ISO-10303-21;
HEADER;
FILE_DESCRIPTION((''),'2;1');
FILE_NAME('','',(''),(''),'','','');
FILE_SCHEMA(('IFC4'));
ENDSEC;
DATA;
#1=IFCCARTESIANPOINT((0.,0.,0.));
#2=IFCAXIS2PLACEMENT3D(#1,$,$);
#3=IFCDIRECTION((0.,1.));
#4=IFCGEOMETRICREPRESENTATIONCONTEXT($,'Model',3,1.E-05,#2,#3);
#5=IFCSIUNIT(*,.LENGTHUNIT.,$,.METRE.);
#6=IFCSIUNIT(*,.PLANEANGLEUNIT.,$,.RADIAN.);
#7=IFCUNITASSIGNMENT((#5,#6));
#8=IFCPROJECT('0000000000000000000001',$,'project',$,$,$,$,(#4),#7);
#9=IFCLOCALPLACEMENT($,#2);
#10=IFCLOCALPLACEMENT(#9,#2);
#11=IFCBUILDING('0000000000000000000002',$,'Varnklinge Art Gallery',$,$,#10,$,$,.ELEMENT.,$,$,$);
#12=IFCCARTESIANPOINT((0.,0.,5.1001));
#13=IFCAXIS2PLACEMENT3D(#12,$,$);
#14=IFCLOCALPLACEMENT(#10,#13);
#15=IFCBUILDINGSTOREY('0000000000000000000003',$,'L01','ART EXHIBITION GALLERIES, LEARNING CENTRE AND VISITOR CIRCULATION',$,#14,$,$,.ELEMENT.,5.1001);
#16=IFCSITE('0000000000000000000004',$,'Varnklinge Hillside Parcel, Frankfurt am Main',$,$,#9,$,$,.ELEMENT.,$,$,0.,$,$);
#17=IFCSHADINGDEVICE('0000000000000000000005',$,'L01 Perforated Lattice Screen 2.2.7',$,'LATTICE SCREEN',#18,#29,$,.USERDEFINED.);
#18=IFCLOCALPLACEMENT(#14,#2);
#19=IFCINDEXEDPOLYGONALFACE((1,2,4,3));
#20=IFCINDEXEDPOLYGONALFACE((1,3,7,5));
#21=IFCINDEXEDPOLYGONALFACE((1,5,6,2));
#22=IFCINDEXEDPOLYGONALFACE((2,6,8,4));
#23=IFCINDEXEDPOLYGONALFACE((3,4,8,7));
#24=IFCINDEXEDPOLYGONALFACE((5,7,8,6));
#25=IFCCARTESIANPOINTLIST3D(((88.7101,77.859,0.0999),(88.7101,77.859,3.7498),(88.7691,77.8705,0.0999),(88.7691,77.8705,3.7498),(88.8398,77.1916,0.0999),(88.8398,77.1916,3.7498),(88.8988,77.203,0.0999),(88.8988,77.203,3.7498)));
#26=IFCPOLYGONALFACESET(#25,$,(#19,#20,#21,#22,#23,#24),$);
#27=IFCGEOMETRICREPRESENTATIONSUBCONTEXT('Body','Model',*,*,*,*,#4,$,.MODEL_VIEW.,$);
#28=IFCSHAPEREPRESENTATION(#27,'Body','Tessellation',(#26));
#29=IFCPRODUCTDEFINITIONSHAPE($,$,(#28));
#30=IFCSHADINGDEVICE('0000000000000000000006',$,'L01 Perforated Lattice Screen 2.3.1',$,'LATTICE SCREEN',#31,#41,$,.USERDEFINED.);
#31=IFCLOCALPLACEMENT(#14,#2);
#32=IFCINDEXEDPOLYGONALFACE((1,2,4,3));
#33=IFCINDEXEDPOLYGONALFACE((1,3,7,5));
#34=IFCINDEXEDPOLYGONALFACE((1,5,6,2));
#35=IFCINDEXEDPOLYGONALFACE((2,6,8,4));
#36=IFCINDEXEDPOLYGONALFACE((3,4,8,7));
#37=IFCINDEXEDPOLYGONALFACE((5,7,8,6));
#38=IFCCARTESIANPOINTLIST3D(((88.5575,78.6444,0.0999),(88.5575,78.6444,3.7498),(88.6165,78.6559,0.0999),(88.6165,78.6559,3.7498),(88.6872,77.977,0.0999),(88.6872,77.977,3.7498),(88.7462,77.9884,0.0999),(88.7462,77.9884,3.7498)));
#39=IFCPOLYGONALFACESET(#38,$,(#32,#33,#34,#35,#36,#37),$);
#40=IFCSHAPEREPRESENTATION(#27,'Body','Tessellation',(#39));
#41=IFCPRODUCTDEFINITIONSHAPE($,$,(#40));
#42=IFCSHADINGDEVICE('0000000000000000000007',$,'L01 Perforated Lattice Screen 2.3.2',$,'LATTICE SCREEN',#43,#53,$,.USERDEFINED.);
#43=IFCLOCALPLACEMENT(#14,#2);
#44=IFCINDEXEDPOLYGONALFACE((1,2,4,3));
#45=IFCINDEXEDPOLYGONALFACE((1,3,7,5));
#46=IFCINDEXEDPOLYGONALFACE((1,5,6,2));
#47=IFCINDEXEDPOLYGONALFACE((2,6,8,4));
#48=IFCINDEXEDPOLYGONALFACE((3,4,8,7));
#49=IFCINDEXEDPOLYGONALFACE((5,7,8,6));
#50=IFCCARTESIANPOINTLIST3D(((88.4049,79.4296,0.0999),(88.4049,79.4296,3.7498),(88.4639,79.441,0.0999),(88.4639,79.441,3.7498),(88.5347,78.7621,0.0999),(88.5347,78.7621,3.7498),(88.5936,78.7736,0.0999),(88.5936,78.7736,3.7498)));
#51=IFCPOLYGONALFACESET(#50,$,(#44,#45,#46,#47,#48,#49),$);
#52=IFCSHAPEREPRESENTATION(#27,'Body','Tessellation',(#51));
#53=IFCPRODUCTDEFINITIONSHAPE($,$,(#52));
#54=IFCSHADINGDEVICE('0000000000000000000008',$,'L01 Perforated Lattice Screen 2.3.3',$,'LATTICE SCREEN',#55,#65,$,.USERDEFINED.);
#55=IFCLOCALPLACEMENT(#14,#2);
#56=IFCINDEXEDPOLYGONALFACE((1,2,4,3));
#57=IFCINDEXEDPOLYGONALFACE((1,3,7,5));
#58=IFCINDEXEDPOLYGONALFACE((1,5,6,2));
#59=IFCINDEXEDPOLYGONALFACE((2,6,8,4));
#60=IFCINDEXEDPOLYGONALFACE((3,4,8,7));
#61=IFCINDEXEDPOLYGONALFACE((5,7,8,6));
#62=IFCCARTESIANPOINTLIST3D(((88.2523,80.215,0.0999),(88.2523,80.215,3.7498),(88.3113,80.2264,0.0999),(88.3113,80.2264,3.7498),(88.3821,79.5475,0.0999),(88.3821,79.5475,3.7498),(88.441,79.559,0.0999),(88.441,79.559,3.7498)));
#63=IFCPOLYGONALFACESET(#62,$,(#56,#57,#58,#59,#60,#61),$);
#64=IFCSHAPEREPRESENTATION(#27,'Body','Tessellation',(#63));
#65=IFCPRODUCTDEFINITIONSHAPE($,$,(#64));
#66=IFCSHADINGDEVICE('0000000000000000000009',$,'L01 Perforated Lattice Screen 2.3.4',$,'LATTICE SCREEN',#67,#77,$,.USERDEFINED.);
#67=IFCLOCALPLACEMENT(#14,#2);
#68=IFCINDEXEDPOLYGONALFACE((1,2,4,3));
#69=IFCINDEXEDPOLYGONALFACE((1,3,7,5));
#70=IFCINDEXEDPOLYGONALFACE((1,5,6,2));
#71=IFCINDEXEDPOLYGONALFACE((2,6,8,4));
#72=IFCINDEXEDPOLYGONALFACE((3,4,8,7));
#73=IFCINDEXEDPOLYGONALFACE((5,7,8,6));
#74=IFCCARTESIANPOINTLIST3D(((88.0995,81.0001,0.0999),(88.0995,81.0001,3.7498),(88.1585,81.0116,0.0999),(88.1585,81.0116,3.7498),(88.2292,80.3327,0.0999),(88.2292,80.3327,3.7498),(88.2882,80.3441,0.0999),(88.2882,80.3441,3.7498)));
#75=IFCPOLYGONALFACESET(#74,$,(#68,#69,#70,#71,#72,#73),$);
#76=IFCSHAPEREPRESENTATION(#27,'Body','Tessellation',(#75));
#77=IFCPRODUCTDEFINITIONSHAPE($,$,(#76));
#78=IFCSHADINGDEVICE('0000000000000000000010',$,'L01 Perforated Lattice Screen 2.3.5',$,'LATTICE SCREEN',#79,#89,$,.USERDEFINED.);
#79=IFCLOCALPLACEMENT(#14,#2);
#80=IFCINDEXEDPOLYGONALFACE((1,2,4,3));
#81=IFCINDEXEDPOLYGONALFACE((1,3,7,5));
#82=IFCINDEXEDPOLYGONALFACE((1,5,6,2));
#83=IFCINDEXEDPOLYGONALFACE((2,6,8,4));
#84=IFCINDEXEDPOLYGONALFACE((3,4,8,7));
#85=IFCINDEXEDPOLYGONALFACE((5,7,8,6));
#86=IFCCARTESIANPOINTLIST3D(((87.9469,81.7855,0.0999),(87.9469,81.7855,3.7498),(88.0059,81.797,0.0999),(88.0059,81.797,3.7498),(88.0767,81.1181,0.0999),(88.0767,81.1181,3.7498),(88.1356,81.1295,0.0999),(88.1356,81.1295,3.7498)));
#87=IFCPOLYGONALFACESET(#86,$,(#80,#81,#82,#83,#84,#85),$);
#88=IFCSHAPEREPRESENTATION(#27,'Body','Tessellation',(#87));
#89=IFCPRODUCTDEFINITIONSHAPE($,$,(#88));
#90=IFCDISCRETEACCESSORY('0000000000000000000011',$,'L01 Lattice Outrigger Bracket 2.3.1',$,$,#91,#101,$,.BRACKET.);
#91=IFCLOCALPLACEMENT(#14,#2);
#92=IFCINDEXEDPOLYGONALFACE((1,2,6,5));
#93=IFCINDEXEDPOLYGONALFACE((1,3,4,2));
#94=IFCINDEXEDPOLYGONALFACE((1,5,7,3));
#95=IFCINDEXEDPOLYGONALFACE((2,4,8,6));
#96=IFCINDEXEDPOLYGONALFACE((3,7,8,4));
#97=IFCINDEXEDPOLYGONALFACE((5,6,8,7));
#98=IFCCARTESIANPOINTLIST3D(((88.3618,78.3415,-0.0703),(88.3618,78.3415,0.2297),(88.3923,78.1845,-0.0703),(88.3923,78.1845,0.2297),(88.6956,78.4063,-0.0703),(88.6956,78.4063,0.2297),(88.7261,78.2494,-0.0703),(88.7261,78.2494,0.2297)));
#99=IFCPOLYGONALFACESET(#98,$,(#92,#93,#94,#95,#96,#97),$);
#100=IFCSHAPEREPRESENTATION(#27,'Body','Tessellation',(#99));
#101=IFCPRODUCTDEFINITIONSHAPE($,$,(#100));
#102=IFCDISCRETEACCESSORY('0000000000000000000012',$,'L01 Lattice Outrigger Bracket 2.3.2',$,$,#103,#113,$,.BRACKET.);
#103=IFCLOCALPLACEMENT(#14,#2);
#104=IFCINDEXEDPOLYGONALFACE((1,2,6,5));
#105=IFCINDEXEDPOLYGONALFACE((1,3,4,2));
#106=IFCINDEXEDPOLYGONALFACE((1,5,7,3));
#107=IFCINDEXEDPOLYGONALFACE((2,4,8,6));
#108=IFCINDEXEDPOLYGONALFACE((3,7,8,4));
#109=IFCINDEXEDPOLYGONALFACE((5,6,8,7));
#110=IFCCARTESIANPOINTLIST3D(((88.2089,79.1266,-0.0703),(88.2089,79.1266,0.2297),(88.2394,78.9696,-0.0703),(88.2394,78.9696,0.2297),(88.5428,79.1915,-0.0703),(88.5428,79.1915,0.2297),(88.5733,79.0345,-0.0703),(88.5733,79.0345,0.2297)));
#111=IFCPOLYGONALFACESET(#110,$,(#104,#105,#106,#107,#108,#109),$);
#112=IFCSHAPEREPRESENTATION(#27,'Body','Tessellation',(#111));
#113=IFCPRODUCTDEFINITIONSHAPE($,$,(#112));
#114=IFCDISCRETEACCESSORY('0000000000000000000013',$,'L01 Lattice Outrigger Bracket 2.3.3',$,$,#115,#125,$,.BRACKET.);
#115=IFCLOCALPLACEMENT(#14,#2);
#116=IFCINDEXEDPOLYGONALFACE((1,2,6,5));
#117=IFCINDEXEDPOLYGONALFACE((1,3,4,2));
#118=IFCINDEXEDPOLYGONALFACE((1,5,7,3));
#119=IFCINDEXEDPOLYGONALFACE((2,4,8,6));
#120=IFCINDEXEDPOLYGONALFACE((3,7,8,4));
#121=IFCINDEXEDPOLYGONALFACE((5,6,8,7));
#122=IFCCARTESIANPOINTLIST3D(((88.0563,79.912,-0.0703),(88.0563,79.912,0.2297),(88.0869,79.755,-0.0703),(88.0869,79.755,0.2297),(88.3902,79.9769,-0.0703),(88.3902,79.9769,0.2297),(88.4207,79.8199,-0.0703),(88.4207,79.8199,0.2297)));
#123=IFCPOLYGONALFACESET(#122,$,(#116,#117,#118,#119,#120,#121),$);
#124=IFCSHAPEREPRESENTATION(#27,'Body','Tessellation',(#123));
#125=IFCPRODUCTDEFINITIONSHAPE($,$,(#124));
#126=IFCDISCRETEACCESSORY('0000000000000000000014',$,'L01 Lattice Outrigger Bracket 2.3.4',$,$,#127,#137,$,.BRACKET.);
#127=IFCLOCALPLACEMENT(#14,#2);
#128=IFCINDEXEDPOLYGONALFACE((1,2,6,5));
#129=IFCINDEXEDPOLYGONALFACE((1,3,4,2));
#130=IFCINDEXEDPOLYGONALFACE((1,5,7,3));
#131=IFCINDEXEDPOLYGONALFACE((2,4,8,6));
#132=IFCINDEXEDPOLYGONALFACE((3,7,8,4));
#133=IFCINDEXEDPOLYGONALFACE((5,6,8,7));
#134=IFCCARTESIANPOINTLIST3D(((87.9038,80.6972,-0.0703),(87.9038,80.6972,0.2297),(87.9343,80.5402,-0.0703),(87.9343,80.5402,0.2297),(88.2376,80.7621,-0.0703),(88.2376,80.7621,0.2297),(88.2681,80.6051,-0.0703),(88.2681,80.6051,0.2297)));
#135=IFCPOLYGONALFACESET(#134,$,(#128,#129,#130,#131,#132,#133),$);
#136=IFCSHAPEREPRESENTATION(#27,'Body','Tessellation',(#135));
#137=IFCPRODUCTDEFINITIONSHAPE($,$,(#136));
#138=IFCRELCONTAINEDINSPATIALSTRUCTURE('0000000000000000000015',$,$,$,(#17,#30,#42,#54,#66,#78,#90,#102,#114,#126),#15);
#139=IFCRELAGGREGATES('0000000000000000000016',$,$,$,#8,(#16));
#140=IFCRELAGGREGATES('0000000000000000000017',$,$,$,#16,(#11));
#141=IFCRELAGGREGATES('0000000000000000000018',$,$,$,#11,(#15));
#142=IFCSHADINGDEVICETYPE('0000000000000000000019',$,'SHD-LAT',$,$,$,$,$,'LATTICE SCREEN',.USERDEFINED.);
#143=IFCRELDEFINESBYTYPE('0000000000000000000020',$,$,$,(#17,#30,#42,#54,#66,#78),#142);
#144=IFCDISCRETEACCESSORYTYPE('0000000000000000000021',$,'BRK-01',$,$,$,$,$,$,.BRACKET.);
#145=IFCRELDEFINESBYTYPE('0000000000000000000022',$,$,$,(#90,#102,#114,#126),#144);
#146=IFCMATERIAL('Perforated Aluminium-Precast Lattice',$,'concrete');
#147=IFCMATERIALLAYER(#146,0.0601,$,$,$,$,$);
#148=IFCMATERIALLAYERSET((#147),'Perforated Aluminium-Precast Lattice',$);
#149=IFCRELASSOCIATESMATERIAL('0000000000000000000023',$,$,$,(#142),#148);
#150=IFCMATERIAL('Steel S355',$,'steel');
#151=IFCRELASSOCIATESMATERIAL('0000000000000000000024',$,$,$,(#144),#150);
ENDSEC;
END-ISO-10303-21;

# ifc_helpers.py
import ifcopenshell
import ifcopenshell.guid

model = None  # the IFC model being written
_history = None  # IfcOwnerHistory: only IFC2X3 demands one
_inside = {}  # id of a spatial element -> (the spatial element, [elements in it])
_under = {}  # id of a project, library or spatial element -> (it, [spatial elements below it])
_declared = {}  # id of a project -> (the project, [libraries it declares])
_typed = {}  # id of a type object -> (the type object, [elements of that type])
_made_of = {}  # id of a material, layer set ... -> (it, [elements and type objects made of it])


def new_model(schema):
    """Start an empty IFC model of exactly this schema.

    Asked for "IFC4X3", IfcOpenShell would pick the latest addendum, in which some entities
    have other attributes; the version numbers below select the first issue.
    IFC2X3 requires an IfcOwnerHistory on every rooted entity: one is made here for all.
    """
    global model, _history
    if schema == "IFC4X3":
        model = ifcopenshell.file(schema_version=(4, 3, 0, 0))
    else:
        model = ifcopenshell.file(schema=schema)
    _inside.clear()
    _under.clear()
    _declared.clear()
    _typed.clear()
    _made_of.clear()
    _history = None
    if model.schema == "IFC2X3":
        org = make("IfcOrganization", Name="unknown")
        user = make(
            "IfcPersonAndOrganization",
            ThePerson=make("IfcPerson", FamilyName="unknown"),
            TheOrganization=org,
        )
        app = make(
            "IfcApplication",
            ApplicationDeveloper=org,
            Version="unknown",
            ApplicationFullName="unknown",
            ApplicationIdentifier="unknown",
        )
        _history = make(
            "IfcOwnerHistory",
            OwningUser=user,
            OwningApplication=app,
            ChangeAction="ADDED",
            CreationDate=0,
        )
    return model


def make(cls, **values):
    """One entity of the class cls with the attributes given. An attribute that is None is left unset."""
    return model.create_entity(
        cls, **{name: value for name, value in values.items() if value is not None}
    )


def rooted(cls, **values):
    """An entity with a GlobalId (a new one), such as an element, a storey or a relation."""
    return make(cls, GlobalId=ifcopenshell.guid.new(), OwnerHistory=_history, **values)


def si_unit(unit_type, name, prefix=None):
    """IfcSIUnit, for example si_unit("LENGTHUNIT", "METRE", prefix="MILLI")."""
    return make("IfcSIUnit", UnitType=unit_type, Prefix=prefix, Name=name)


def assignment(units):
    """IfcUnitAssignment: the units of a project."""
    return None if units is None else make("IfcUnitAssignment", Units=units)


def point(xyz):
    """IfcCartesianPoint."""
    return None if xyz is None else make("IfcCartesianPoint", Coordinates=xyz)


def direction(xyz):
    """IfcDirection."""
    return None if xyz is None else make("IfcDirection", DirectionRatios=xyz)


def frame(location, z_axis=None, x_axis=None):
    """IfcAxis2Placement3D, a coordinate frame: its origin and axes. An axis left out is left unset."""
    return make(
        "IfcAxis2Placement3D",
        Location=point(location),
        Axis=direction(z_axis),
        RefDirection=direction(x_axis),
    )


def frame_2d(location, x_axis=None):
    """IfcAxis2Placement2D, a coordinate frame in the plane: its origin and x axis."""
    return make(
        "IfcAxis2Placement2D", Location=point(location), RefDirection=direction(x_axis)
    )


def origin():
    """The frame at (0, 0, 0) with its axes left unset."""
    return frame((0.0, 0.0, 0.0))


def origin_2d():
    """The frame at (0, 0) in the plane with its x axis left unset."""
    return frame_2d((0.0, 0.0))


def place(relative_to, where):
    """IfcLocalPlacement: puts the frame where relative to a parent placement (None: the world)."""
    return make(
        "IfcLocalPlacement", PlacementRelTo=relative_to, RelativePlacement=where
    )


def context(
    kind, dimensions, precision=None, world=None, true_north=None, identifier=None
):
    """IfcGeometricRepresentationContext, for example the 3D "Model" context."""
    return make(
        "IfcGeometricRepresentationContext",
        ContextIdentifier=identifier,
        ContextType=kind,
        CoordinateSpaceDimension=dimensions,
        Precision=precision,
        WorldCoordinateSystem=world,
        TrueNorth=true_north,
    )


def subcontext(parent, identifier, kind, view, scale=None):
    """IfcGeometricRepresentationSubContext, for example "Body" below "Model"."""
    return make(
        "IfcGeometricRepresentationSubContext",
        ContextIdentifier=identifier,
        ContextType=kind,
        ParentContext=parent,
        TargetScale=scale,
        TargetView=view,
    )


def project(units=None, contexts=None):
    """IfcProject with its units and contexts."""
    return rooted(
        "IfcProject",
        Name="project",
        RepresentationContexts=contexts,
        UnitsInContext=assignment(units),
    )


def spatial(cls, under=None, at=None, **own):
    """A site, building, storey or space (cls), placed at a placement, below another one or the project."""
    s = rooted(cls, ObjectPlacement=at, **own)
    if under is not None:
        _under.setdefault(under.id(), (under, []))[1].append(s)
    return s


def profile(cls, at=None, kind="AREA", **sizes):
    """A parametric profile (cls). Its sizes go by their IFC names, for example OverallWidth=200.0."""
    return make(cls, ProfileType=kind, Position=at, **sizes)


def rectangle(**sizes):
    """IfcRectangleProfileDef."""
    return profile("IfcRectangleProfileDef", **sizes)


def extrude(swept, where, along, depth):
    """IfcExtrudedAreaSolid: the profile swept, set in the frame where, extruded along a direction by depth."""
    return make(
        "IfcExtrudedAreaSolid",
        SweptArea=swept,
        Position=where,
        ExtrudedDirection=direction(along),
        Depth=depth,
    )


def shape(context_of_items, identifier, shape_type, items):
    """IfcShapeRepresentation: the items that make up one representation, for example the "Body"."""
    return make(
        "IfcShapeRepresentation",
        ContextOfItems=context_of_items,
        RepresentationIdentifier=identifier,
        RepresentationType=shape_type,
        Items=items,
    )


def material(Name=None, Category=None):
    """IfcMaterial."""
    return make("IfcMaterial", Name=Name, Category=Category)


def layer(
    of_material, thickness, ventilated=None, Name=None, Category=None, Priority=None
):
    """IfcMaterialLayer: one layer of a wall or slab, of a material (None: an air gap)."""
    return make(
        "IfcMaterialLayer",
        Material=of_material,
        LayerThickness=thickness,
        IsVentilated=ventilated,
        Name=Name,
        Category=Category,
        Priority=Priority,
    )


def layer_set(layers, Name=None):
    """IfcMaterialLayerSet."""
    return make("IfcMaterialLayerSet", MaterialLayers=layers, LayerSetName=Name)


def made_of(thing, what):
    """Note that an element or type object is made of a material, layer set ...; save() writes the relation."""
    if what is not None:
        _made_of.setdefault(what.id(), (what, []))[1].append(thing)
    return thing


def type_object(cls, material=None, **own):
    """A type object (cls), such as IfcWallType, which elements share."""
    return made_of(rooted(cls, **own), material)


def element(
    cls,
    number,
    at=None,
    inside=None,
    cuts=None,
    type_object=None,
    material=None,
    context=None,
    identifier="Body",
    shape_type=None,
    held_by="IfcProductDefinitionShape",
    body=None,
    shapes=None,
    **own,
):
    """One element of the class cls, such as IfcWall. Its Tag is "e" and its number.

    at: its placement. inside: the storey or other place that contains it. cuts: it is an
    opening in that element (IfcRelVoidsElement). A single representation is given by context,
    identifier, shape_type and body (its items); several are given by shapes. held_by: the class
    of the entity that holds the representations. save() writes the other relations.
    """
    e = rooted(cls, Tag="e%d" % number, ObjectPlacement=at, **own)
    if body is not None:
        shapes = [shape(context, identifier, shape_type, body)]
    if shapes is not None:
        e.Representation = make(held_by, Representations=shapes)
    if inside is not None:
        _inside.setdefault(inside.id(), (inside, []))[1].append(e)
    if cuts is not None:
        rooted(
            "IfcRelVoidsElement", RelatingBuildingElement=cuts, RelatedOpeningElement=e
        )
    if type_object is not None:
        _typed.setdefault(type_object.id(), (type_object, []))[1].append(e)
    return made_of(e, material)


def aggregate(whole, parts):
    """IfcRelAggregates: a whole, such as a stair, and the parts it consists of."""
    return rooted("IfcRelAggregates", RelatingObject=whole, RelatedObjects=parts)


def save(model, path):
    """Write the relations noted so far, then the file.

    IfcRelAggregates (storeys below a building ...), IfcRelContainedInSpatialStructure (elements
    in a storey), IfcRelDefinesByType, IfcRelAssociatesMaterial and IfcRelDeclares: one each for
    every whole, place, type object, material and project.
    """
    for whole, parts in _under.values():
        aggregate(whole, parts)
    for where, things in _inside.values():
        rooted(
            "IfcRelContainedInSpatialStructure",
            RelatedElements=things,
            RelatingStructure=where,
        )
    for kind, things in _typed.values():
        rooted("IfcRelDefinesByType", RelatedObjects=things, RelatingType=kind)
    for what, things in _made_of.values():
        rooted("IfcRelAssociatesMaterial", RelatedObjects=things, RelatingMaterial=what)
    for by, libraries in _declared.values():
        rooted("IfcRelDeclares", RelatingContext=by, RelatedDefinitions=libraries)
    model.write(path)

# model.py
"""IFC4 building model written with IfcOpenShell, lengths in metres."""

from ifc_helpers import new_model, si_unit, direction, frame, origin, origin_2d, place, context, subcontext, project, spatial, rectangle, extrude, material, layer, layer_set, type_object, element, save


model = new_model("IFC4")

# Units and contexts
model_context = context("Model", 3, precision=1e-05, world=origin(), true_north=direction((0.0, 1.0)))
body_context = subcontext(model_context, "Body", "Model", "MODEL_VIEW")
ifc_project = project(units=[si_unit("LENGTHUNIT", "METRE"), si_unit("PLANEANGLEUNIT", "RADIAN")], contexts=[model_context])

# Site, building, storey
site_placement = place(None, origin())
site = spatial("IfcSite", under=ifc_project, at=site_placement, Name="Varnklinge Hillside Parcel, Frankfurt am Main", CompositionType="ELEMENT", RefElevation=0.0)
building_placement = place(site_placement, origin())
building = spatial("IfcBuilding", under=site, at=building_placement, Name="Varnklinge Art Gallery", CompositionType="ELEMENT")
storey_placement = place(building_placement, frame((0.0, 0.0, 5.1001)))
storey = spatial("IfcBuildingStorey", under=building, at=storey_placement, Name="L01", Description="ART EXHIBITION GALLERIES, LEARNING CENTRE AND VISITOR CIRCULATION", CompositionType="ELEMENT", Elevation=5.1001)

# Shading devices
ifc_material_1 = material(Name="Perforated Aluminium-Precast Lattice", Category="concrete")
ifc_layer_1 = layer(ifc_material_1, 0.0601)
ifc_layer_set_1 = layer_set([ifc_layer_1], Name="Perforated Aluminium-Precast Lattice")
shading_device_type = type_object("IfcShadingDeviceType", Name="SHD-LAT", ElementType="LATTICE SCREEN", PredefinedType="USERDEFINED", material=ifc_layer_set_1)
for number, where, z_axis, x_axis, name in (
    (1, (88.8044, 77.531, 0.0999), (0.0, 0.0, 1.0), (-0.190809, 0.981627, 0.0), "L01 Perforated Lattice Screen 2.2.7"),
    (2, (88.6519, 78.3164, 0.0999), (0.0, 0.0, 1.0), (-0.190809, 0.981627, 0.0), "L01 Perforated Lattice Screen 2.3.1"),
    (3, (88.4993, 79.1016, 0.0999), (0.0, 0.0, 1.0), (-0.190809, 0.981627, 0.0), "L01 Perforated Lattice Screen 2.3.2"),
    (4, (88.3467, 79.887, 0.0999), (0.0, 0.0, 1.0), (-0.190809, 0.981627, 0.0), "L01 Perforated Lattice Screen 2.3.3"),
    (5, (88.1938, 80.6721, 0.0999), (0.0, 0.0, 1.0), (-0.190809, 0.981627, 0.0), "L01 Perforated Lattice Screen 2.3.4"),
    (6, (88.0413, 81.4575, 0.0999), (0.0, 0.0, 1.0), (-0.190809, 0.981627, 0.0), "L01 Perforated Lattice Screen 2.3.5"),
):
    element("IfcShadingDevice", number, at=place(storey_placement, frame(where, z_axis=z_axis, x_axis=x_axis)), inside=storey, type_object=shading_device_type, Name=name, ObjectType="LATTICE SCREEN", PredefinedType="USERDEFINED", context=body_context, shape_type="SweptSolid", body=[
        extrude(rectangle(XDim=0.6799, YDim=0.0601, at=origin_2d()), origin(), (0.0, 0.0, 1.0), 3.6499),
    ])

# Discrete accessories
ifc_material_2 = material(Name="Steel S355", Category="steel")
discrete_accessory_type = type_object("IfcDiscreteAccessoryType", Name="BRK-01", PredefinedType="BRACKET", material=ifc_material_2)
for number, where, z_axis, x_axis, name in (
    (7, (88.5439, 78.2954, -0.0703), (0.0, 0.0, 1.0), (-0.190809, 0.981627, 0.0), "L01 Lattice Outrigger Bracket 2.3.1"),
    (8, (88.3911, 79.0806, -0.0703), (0.0, 0.0, 1.0), (-0.190809, 0.981627, 0.0), "L01 Lattice Outrigger Bracket 2.3.2"),
    (9, (88.2385, 79.866, -0.0703), (0.0, 0.0, 1.0), (-0.190809, 0.981627, 0.0), "L01 Lattice Outrigger Bracket 2.3.3"),
    (10, (88.0859, 80.6511, -0.0703), (0.0, 0.0, 1.0), (-0.190809, 0.981627, 0.0), "L01 Lattice Outrigger Bracket 2.3.4"),
):
    element("IfcDiscreteAccessory", number, at=place(storey_placement, frame(where, z_axis=z_axis, x_axis=x_axis)), inside=storey, type_object=discrete_accessory_type, Name=name, PredefinedType="BRACKET", context=body_context, shape_type="SweptSolid", body=[
        extrude(rectangle(XDim=0.1599, YDim=0.3401, at=origin_2d()), origin(), (0.0, 0.0, 1.0), 0.3),
    ])

save(model, "model.ifc")
